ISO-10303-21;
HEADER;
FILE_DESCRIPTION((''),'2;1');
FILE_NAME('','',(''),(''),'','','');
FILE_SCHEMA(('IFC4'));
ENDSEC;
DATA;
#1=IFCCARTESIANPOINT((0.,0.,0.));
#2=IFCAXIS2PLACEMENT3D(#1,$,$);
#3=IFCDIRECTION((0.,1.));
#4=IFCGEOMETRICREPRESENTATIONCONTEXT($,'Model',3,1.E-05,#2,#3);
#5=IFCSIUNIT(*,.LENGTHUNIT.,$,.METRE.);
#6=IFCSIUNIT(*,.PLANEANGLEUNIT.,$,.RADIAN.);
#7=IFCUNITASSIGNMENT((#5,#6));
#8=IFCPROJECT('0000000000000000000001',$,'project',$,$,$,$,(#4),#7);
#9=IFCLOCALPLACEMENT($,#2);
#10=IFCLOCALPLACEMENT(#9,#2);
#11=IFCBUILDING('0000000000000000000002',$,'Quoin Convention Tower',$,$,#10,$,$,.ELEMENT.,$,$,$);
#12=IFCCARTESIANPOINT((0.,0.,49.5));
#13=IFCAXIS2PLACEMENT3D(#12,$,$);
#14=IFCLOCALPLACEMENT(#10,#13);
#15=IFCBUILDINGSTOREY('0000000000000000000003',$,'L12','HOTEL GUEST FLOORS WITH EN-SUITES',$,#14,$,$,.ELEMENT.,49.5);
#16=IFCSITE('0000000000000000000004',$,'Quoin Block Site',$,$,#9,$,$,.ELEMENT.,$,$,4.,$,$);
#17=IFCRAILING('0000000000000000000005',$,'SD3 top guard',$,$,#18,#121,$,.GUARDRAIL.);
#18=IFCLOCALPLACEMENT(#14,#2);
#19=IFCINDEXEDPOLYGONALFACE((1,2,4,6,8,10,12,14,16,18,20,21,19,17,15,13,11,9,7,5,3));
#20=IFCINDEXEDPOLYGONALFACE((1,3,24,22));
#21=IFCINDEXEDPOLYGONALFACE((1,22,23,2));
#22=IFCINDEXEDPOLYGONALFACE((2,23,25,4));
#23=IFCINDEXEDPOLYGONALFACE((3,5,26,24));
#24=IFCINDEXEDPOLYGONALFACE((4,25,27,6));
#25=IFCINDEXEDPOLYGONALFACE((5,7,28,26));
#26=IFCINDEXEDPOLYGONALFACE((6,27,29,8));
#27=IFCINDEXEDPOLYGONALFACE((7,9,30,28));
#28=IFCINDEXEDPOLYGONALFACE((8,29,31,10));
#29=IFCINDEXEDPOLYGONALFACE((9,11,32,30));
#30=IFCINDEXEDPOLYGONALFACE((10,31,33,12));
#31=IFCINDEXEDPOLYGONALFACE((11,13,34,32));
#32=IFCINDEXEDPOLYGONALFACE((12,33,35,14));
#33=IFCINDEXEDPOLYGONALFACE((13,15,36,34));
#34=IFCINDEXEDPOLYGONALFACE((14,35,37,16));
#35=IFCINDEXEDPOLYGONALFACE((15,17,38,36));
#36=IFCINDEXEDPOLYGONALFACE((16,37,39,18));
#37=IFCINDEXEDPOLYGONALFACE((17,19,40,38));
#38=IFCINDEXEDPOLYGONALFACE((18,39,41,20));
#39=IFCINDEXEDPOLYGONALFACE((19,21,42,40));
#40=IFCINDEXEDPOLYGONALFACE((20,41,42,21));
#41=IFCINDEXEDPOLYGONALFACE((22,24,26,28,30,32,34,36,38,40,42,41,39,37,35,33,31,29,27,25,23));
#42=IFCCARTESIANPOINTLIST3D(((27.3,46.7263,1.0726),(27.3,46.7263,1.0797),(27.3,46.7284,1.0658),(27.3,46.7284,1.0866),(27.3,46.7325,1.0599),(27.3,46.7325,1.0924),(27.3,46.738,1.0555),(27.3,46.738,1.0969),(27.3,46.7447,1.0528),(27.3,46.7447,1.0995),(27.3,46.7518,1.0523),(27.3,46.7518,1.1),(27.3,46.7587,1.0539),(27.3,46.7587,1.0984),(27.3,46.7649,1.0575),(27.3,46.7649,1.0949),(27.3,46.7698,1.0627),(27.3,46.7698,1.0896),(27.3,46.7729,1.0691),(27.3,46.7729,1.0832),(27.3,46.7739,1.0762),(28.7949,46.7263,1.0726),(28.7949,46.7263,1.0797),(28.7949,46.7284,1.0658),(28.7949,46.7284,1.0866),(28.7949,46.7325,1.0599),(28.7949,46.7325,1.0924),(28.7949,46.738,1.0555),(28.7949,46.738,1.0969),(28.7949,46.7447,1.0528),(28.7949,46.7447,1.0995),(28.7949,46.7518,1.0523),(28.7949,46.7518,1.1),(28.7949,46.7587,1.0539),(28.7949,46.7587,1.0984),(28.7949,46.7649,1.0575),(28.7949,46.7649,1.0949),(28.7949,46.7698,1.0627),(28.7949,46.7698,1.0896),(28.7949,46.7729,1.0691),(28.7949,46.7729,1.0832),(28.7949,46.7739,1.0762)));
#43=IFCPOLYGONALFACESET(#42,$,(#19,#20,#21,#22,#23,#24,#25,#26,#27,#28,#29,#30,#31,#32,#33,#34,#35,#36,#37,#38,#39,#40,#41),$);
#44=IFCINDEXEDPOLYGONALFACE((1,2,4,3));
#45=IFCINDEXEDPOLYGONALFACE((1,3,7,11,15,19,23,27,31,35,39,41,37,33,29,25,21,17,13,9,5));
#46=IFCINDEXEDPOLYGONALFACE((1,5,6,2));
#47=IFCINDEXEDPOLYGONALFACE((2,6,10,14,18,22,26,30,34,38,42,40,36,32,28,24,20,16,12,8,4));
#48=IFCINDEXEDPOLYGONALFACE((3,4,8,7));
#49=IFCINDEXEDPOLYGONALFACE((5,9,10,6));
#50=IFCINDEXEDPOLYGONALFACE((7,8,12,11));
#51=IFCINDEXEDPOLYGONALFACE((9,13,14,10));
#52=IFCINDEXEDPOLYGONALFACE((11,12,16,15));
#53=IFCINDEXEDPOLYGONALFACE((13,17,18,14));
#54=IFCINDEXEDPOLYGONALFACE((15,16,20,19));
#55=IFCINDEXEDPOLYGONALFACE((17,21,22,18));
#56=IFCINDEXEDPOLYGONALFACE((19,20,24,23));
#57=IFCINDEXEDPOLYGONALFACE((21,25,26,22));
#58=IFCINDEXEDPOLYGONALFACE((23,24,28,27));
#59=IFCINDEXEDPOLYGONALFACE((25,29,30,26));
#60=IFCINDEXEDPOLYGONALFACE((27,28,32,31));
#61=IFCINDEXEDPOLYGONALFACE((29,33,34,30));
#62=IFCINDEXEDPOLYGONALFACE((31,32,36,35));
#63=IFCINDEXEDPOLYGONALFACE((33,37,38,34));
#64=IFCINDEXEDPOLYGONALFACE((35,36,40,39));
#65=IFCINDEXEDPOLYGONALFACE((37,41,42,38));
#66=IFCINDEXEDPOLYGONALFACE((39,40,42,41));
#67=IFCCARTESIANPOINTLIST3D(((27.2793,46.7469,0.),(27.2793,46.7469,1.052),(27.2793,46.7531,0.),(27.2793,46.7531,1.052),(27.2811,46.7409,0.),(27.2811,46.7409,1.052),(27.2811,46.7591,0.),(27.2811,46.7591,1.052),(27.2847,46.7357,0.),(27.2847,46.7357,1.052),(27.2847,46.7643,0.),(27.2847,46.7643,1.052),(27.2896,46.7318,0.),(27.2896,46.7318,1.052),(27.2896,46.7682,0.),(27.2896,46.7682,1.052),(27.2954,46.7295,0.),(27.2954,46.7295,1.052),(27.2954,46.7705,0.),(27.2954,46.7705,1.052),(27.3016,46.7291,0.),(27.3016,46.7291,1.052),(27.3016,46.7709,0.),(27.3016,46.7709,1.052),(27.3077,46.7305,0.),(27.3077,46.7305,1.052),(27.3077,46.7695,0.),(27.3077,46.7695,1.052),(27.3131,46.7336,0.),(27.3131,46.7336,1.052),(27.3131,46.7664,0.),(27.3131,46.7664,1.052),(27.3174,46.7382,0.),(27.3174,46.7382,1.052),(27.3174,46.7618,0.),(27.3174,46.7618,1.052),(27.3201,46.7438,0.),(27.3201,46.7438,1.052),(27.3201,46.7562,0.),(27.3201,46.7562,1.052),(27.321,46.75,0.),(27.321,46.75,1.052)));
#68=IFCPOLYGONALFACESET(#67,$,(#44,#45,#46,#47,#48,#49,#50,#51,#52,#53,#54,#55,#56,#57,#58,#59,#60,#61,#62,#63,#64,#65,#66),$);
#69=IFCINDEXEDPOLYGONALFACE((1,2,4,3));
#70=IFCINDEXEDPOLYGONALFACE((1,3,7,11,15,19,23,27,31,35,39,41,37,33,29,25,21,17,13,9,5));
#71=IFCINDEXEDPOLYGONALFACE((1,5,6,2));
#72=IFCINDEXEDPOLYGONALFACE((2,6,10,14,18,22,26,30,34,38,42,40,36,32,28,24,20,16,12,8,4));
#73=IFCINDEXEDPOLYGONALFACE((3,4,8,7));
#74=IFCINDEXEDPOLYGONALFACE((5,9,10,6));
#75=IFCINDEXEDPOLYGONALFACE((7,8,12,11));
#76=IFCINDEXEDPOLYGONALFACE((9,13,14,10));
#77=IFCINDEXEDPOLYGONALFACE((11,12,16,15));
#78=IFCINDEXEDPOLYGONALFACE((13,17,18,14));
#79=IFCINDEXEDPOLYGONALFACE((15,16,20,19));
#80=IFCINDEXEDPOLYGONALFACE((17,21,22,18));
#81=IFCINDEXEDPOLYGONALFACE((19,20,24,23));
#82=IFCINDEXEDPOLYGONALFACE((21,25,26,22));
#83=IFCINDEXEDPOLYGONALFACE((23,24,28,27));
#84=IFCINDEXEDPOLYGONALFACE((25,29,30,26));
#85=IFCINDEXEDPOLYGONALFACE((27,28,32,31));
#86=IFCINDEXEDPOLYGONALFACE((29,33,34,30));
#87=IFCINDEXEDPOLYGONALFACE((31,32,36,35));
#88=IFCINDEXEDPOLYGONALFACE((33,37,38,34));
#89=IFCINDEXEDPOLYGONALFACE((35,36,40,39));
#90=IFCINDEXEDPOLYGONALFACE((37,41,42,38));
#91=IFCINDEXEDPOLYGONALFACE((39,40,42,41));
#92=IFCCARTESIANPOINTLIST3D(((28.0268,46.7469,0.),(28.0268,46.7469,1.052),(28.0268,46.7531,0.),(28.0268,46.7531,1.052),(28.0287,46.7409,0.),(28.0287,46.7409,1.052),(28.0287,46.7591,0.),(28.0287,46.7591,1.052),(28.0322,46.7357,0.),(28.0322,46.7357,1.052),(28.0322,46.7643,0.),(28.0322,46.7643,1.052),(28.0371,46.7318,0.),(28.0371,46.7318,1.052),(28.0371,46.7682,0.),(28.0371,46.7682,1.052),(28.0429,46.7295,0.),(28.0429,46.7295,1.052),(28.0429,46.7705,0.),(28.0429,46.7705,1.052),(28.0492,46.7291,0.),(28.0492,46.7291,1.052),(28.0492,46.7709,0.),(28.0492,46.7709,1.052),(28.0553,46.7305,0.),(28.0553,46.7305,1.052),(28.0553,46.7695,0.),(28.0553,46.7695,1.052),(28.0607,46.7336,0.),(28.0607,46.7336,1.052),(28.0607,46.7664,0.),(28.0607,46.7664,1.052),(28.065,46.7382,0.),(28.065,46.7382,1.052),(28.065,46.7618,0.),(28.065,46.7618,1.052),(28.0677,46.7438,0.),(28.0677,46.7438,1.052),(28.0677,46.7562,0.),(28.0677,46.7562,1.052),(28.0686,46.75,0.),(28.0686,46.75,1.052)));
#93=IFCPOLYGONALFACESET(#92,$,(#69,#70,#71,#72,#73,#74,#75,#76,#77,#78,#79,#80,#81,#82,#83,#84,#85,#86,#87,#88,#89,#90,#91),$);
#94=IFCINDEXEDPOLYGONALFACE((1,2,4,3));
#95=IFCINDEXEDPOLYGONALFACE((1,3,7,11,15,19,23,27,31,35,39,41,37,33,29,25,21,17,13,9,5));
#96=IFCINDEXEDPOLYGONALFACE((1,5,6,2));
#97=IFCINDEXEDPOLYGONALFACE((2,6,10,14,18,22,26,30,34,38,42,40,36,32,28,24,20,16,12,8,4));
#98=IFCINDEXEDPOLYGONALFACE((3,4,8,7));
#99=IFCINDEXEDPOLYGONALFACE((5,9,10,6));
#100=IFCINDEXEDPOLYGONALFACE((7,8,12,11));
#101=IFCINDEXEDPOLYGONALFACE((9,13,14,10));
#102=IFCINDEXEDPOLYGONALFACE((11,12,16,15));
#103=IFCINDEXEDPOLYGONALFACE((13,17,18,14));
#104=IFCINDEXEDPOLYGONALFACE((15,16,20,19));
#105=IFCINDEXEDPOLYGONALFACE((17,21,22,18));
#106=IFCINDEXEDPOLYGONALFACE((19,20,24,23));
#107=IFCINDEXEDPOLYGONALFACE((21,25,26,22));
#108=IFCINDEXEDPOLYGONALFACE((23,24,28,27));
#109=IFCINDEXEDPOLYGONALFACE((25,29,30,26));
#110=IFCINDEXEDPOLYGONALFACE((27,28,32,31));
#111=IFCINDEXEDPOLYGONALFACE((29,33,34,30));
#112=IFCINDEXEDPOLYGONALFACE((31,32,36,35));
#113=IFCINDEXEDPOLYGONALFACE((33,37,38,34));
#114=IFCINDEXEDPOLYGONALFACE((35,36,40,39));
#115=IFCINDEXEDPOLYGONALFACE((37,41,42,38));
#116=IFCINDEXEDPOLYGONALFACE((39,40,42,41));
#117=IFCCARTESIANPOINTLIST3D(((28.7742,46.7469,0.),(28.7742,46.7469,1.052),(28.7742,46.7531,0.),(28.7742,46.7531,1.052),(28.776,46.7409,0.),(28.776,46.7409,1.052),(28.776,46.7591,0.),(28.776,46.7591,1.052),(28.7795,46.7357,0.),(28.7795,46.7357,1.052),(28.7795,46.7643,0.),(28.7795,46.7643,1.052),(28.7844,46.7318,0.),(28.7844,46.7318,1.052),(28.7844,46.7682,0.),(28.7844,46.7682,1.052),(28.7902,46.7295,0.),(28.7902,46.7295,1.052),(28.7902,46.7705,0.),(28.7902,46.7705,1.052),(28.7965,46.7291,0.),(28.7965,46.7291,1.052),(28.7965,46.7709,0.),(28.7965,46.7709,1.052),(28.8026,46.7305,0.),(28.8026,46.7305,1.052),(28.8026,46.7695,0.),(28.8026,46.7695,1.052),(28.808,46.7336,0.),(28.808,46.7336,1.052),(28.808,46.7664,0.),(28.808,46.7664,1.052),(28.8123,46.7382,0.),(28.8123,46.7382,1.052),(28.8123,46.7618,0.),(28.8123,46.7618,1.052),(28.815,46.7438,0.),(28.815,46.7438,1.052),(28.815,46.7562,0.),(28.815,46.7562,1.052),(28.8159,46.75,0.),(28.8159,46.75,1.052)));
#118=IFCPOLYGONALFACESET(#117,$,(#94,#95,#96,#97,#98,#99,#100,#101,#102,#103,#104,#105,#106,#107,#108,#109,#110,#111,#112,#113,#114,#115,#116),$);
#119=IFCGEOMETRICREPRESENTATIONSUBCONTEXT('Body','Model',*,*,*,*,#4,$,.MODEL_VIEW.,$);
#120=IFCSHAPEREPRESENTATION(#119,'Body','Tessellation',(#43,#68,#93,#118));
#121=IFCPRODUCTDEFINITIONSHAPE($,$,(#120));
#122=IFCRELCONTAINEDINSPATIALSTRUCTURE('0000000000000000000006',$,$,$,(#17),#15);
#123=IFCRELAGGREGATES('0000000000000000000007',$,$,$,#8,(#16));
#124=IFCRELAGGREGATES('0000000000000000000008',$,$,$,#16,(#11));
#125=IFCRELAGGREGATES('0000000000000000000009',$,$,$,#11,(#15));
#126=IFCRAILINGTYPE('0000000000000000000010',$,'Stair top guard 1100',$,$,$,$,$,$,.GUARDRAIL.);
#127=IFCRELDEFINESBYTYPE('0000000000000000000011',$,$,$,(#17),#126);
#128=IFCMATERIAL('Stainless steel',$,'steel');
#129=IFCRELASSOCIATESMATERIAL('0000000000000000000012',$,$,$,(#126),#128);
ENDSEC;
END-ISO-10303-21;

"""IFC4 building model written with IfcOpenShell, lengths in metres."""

from ifc_helpers import new_model, si_unit, direction, frame, origin, origin_2d, place, context, subcontext, project, spatial, circle, extrude, material, type_object, element, save


model = new_model("IFC4")

# Units and contexts
model_context = context("Model", 3, precision=1e-05, world=origin(), true_north=direction((0.0, 1.0)))
body_context = subcontext(model_context, "Body", "Model", "MODEL_VIEW")
ifc_project = project(units=[si_unit("LENGTHUNIT", "METRE"), si_unit("PLANEANGLEUNIT", "RADIAN")], contexts=[model_context])

# Site, building, storey
site_placement = place(None, origin())
site = spatial("IfcSite", under=ifc_project, at=site_placement, Name="Quoin Block Site", CompositionType="ELEMENT", RefElevation=4.0)
building_placement = place(site_placement, origin())
building = spatial("IfcBuilding", under=site, at=building_placement, Name="Quoin Convention Tower", CompositionType="ELEMENT")
storey_placement = place(building_placement, frame((0.0, 0.0, 49.5)))
storey = spatial("IfcBuildingStorey", under=building, at=storey_placement, Name="L12", Description="HOTEL GUEST FLOORS WITH EN-SUITES", CompositionType="ELEMENT", Elevation=49.5)

# Railing
ifc_material_1 = material(Name="Stainless steel", Category="steel")
railing_type_1 = type_object("IfcRailingType", Name="Stair top guard 1100", PredefinedType="GUARDRAIL", material=ifc_material_1)
railing_placement = place(storey_placement, frame((27.3, 46.75, 0.0)))
element("IfcRailing", 1, at=railing_placement, inside=storey, type_object=railing_type_1, Name="SD3 top guard", PredefinedType="GUARDRAIL", context=body_context, shape_type="SweptSolid", body=[
    extrude(circle(Radius=0.0239, at=origin_2d()), frame((0.0, 0.0, 1.0762), z_axis=(1.0, 0.0, 0.0), x_axis=(0.0, 1.0, 0.0)), (0.0, 0.0, 1.0), 1.4949),
    extrude(circle(Radius=0.021, at=origin_2d()), origin(), (0.0, 0.0, 1.0), 1.052),
    extrude(circle(Radius=0.021, at=origin_2d()), frame((0.7476, 0.0, 0.0)), (0.0, 0.0, 1.0), 1.052),
    extrude(circle(Radius=0.021, at=origin_2d()), frame((1.4949, 0.0, 0.0)), (0.0, 0.0, 1.0), 1.052),
])

save(model, "model.ifc")
